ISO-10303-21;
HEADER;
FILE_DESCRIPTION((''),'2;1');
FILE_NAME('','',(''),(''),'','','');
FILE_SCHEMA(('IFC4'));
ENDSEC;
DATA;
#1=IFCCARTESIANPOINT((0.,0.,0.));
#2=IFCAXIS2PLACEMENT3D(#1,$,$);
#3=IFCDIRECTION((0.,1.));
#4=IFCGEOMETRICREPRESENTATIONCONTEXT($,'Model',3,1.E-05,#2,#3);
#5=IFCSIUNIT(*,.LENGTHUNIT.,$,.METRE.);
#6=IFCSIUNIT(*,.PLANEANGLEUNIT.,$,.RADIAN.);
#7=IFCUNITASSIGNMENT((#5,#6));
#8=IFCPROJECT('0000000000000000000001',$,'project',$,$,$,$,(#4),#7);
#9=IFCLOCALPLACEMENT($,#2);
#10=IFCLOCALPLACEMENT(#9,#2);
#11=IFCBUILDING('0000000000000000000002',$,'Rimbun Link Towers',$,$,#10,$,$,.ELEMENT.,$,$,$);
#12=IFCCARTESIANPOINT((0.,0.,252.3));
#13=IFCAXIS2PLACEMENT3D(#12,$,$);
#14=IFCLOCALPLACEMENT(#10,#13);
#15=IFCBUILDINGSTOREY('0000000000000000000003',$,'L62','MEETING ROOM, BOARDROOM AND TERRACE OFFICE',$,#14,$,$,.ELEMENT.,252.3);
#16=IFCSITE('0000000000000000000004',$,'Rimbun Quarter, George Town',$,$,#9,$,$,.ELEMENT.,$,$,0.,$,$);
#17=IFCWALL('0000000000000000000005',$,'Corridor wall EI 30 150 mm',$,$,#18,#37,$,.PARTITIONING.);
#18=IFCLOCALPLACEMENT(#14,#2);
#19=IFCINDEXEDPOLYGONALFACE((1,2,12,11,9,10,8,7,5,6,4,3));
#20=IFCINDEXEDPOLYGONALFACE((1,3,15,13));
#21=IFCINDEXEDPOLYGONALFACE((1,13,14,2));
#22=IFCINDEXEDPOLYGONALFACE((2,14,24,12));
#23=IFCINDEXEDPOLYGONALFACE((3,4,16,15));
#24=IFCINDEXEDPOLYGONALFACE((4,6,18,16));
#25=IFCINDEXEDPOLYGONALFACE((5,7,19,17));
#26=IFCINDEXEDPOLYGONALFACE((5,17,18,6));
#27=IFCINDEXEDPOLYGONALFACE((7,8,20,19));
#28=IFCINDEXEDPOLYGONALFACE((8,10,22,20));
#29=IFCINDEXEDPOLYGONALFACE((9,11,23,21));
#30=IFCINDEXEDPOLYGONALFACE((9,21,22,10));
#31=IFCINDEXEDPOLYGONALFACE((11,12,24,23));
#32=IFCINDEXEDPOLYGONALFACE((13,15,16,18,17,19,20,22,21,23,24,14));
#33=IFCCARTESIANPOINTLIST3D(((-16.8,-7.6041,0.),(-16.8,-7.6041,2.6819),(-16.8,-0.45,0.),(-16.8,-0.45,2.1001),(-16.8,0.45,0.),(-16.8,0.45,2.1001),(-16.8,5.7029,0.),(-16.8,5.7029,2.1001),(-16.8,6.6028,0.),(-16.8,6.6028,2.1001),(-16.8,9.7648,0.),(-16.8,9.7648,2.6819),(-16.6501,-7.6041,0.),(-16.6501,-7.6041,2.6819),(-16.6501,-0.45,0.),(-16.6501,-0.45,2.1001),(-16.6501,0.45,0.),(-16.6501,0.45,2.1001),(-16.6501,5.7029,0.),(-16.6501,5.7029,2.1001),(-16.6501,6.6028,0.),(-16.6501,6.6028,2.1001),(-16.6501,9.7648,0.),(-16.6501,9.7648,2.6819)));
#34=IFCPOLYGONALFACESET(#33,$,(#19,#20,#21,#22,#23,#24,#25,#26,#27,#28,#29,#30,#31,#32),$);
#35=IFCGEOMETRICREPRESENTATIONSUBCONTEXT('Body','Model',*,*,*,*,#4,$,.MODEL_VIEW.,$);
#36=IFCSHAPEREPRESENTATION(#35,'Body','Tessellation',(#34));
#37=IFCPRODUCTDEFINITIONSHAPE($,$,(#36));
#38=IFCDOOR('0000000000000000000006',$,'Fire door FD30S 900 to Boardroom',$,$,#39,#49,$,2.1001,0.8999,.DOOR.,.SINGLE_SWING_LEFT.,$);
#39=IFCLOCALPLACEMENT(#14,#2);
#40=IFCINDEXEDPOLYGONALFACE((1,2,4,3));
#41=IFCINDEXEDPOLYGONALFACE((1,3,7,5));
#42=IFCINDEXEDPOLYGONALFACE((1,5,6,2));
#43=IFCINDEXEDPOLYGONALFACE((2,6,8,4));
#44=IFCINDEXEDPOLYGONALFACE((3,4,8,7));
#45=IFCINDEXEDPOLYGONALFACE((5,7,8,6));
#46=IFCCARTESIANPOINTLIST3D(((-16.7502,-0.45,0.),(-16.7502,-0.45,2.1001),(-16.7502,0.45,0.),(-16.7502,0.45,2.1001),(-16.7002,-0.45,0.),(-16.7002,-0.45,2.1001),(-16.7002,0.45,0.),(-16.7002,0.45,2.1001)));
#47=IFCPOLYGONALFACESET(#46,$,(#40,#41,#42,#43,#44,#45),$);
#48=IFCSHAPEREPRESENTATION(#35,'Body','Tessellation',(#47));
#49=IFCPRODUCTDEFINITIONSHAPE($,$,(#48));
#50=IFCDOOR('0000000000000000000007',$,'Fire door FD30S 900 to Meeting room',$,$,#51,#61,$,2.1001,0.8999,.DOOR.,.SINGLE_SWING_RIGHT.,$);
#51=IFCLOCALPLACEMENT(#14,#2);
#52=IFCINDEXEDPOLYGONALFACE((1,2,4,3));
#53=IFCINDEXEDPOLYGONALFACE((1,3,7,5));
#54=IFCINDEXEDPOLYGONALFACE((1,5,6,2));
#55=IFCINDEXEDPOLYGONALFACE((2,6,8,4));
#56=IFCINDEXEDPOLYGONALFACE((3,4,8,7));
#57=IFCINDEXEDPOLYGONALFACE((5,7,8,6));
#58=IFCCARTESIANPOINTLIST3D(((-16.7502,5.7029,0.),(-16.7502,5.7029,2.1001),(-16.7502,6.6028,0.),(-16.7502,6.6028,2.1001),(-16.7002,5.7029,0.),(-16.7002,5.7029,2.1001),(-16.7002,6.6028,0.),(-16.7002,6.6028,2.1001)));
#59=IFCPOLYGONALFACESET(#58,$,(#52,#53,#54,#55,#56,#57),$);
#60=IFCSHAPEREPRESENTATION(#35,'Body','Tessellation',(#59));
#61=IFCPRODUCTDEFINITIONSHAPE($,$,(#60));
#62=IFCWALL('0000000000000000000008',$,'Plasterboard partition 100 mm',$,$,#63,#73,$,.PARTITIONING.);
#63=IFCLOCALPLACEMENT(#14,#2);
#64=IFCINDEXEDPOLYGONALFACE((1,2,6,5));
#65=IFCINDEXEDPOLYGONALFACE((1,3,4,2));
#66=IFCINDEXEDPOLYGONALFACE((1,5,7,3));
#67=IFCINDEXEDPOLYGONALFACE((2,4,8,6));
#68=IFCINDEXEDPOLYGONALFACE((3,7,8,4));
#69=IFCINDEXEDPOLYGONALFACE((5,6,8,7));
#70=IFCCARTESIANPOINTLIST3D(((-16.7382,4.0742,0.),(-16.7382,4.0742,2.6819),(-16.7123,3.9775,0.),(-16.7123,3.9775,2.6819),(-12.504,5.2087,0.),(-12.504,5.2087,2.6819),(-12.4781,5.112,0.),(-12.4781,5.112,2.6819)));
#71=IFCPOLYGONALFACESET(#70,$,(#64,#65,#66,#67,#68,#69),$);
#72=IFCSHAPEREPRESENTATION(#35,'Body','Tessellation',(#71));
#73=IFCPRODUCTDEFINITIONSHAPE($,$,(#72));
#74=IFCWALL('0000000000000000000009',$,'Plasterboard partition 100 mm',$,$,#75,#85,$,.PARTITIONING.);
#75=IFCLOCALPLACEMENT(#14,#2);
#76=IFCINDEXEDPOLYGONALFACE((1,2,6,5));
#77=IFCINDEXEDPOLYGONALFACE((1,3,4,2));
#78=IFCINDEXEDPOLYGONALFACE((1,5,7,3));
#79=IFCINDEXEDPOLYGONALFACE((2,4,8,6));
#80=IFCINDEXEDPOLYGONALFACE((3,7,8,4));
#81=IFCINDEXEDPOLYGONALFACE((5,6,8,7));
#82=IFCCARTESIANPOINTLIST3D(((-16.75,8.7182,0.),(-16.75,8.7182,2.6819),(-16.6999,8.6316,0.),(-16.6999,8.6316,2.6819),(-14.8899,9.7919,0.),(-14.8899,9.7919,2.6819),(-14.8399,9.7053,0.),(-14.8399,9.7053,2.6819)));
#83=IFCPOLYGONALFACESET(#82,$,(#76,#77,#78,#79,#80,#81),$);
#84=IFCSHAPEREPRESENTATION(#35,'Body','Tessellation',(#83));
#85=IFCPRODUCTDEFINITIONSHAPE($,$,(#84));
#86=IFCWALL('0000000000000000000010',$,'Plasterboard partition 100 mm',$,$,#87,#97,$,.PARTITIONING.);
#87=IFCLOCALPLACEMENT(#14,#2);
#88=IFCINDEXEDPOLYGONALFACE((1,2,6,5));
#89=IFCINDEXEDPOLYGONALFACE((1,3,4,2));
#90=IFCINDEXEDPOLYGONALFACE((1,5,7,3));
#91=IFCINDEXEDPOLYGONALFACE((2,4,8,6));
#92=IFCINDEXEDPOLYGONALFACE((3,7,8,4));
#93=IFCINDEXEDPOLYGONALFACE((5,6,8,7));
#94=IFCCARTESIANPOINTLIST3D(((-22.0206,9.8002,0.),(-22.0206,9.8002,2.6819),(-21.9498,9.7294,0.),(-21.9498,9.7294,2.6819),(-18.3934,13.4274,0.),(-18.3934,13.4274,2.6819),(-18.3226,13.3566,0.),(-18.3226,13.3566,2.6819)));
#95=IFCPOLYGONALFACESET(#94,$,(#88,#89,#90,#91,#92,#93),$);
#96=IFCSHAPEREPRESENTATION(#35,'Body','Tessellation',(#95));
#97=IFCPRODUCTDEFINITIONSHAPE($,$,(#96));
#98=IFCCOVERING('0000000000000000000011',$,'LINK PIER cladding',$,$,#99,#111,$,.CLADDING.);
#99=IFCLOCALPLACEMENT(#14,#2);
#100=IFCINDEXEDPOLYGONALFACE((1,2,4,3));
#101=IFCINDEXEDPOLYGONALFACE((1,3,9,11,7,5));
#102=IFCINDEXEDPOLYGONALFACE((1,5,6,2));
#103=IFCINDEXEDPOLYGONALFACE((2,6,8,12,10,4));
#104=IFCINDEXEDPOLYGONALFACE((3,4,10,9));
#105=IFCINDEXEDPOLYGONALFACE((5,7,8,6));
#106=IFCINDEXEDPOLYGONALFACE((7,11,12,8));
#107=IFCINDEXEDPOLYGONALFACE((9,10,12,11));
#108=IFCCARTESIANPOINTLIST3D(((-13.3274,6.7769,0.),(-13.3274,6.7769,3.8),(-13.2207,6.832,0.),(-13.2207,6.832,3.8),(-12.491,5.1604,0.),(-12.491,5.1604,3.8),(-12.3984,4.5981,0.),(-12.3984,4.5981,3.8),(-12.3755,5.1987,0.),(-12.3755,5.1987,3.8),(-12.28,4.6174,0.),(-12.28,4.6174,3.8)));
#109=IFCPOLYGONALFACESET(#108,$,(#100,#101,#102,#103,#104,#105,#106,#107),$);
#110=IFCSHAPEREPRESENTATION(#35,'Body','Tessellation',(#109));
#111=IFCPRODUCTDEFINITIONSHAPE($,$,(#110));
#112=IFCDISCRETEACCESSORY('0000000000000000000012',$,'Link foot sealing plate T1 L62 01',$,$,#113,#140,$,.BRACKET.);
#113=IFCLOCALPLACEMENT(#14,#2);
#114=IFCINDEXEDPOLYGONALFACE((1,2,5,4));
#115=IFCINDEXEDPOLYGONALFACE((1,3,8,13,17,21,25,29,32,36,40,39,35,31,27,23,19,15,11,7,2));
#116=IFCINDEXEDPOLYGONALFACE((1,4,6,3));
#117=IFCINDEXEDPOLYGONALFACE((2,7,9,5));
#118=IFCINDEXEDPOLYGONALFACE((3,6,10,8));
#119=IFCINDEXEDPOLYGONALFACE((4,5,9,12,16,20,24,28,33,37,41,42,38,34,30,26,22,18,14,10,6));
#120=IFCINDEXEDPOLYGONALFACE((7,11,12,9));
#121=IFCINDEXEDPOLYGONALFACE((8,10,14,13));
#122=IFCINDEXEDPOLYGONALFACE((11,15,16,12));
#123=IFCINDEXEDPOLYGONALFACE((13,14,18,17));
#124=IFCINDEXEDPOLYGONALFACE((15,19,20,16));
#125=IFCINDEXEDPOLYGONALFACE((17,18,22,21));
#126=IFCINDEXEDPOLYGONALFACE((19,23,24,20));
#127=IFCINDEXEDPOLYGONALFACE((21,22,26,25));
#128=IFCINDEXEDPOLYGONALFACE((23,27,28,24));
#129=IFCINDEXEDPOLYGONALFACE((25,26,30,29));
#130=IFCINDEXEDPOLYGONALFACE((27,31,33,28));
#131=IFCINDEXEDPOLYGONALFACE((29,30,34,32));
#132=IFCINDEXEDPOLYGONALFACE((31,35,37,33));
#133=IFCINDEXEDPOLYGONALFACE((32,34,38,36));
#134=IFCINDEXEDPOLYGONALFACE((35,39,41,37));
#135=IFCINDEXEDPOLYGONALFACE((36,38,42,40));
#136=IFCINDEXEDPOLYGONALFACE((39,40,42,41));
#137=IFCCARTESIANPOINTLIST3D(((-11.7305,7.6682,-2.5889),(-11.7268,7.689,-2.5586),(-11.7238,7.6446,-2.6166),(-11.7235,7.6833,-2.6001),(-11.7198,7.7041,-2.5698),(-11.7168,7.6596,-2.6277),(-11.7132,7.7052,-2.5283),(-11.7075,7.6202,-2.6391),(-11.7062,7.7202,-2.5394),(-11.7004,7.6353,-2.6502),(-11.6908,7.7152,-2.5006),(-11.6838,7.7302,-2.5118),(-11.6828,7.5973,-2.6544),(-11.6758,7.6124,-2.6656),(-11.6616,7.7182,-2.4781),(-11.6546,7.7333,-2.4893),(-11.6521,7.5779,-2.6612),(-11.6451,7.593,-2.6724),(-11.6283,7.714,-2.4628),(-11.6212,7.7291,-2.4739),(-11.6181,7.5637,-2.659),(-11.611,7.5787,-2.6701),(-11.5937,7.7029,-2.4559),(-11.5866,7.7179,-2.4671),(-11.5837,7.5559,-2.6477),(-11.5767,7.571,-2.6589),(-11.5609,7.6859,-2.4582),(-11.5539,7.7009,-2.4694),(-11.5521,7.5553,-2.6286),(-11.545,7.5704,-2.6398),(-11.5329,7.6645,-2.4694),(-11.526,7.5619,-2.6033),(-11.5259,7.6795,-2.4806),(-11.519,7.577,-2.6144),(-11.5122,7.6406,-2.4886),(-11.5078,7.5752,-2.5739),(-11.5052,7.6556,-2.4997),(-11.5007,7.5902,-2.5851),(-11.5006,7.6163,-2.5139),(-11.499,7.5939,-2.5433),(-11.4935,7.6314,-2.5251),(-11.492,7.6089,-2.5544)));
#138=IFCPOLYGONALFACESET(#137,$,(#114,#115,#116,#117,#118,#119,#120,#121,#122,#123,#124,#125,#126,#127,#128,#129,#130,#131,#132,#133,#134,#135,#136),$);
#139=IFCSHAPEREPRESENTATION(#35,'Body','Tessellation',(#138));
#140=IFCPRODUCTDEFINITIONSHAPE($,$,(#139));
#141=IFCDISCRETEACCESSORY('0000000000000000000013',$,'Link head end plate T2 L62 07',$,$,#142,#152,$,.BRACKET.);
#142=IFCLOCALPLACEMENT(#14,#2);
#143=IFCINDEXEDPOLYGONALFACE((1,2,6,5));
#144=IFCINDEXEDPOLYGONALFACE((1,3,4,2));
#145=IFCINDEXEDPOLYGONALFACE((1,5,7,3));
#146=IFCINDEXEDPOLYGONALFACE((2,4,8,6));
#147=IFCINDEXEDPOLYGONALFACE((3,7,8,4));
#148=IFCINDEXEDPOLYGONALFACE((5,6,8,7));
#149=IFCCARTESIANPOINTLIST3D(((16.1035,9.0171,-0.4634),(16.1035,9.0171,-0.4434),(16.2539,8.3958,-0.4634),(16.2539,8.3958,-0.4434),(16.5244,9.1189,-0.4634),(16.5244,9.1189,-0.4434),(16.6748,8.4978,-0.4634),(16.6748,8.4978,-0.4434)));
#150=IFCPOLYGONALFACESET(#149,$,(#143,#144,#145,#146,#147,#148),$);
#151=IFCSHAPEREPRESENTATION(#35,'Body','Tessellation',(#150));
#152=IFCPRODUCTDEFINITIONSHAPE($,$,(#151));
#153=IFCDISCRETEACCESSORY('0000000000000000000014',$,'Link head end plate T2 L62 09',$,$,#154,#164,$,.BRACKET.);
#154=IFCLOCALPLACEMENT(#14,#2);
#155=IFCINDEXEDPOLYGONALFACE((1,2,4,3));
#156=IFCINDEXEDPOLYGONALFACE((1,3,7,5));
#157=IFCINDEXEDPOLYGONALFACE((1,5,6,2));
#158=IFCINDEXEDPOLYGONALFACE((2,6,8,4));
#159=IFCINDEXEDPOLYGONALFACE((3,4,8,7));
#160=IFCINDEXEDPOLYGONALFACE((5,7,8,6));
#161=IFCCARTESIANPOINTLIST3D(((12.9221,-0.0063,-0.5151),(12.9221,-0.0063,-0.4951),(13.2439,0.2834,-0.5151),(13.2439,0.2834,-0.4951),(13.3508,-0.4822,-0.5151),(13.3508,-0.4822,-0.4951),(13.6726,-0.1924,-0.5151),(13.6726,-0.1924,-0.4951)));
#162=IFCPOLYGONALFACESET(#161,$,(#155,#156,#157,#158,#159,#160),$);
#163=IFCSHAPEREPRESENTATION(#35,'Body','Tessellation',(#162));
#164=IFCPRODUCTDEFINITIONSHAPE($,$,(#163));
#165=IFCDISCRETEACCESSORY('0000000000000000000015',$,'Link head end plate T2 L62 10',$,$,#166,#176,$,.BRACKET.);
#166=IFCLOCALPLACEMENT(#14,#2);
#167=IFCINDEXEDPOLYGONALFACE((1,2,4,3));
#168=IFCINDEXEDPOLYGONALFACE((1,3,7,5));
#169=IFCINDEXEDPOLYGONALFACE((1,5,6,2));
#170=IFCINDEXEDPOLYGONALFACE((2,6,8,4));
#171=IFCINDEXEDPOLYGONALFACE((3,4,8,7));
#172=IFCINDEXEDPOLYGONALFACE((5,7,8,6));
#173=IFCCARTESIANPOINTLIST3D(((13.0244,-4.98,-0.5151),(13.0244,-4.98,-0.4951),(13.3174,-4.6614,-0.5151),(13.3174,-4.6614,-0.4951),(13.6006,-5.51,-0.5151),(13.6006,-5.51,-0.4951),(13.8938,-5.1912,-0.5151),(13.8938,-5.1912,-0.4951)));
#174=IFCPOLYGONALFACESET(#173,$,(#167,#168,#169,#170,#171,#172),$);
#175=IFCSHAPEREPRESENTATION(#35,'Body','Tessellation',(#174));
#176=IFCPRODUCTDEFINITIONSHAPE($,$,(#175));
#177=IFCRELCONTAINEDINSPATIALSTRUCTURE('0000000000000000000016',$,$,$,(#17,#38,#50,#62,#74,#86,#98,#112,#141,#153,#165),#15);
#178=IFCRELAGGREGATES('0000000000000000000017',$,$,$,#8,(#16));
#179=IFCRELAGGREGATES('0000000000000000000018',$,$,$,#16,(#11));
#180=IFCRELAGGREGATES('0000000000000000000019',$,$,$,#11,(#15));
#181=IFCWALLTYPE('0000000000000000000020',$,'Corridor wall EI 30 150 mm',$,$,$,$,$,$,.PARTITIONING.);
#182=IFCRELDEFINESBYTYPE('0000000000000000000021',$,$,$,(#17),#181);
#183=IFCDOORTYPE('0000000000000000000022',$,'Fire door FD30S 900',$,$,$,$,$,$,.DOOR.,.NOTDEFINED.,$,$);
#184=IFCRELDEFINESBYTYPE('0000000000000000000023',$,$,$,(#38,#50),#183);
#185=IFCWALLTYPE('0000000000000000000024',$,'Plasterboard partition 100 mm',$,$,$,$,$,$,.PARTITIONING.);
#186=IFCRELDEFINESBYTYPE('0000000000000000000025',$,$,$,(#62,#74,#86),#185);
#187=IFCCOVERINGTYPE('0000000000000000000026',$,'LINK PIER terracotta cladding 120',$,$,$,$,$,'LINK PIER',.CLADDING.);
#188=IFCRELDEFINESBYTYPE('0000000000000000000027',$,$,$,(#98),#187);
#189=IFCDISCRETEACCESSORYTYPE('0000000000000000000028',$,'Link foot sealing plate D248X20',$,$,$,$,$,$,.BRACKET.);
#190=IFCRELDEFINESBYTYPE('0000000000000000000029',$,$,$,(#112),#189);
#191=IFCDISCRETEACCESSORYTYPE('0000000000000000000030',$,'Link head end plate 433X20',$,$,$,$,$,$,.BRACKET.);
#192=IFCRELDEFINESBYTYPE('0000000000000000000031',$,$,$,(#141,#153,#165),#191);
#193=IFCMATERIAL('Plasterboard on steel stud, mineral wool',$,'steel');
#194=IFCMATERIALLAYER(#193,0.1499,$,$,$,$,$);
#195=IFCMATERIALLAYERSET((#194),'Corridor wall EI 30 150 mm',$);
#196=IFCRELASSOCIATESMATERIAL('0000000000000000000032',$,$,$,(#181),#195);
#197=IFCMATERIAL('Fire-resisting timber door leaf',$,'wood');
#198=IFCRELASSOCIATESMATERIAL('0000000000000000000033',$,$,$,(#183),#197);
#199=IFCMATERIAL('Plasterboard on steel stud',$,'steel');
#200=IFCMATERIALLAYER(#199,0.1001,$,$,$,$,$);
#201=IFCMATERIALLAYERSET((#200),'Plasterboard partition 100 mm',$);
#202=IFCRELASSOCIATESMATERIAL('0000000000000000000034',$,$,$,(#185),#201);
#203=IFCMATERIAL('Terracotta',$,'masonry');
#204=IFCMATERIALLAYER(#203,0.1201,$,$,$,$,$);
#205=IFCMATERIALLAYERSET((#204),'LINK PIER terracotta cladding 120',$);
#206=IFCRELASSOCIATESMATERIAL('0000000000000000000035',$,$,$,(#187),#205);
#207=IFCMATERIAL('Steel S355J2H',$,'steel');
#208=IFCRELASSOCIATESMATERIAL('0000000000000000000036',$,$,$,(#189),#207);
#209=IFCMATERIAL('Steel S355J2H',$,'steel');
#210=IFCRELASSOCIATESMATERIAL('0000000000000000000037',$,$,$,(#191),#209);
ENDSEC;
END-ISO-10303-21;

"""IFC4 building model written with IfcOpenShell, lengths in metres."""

from ifc_helpers import new_model, si_unit, direction, frame, frame_2d, origin, origin_2d, place, context, subcontext, project, spatial, polyline, rectangle, circle, outline, extrude, material, layer, layer_set, material_profile, profile_set, type_object, element, fill, save


model = new_model("IFC4")

# Units and contexts
model_context = context("Model", 3, precision=1e-05, world=origin(), true_north=direction((0.0, 1.0)))
body_context = subcontext(model_context, "Body", "Model", "MODEL_VIEW")
ifc_project = project(units=[si_unit("LENGTHUNIT", "METRE"), si_unit("PLANEANGLEUNIT", "RADIAN")], contexts=[model_context])

# Site, building, storey
site_placement = place(None, origin())
site = spatial("IfcSite", under=ifc_project, at=site_placement, Name="Rimbun Quarter, George Town", CompositionType="ELEMENT", RefElevation=0.0)
building_placement = place(site_placement, origin())
building = spatial("IfcBuilding", under=site, at=building_placement, Name="Rimbun Link Towers", CompositionType="ELEMENT")
storey_placement = place(building_placement, frame((0.0, 0.0, 252.3)))
storey = spatial("IfcBuildingStorey", under=building, at=storey_placement, Name="L62", Description="MEETING ROOM, BOARDROOM AND TERRACE OFFICE", CompositionType="ELEMENT", Elevation=252.3)

# Wall, openings, doors
ifc_material_1 = material(Name="Plasterboard on steel stud, mineral wool", Category="steel")
ifc_layer_1 = layer(ifc_material_1, 0.1499)
ifc_layer_set_1 = layer_set([ifc_layer_1], Name="Corridor wall EI 30 150 mm")
wall_type_1 = type_object("IfcWallType", Name="Corridor wall EI 30 150 mm", PredefinedType="PARTITIONING", material=ifc_layer_set_1)
wall_1_placement = place(storey_placement, frame((-16.7251, 9.7649, 0.0), z_axis=(0.0, 0.0, 1.0), x_axis=(0.0, -1.0, 0.0)))
wall_1 = element("IfcWall", 1, at=wall_1_placement, inside=storey, type_object=wall_type_1, Name="Corridor wall EI 30 150 mm", PredefinedType="PARTITIONING", context=body_context, shape_type="SweptSolid", body=[
    extrude(rectangle(XDim=17.3689, YDim=0.1499, at=frame_2d((8.6846, 0.0))), origin(), (0.0, 0.0, 1.0), 2.6819),
])
opening_1_placement = place(wall_1_placement, frame((9.3149, 0.0, 0.0)))
opening_1 = element("IfcOpeningElement", 2, at=opening_1_placement, cuts=wall_1, PredefinedType="OPENING", context=body_context, shape_type="SweptSolid", body=[
    extrude(rectangle(XDim=0.8999, YDim=2.1001, at=frame_2d((0.45, 1.05))), frame((0.0, 0.085, 0.0), z_axis=(0.0, -1.0, 0.0), x_axis=(1.0, 0.0, 0.0)), (0.0, 0.0, 1.0), 0.1699),
])
opening_2_placement = place(wall_1_placement, frame((3.1621, 0.0, 0.0)))
opening_2 = element("IfcOpeningElement", 3, at=opening_2_placement, cuts=wall_1, PredefinedType="OPENING", context=body_context, shape_type="SweptSolid", body=[
    extrude(rectangle(XDim=0.8999, YDim=2.1001, at=frame_2d((0.45, 1.05))), frame((0.0, 0.085, 0.0), z_axis=(0.0, -1.0, 0.0), x_axis=(1.0, 0.0, 0.0)), (0.0, 0.0, 1.0), 0.1699),
])
ifc_material_2 = material(Name="Fire-resisting timber door leaf", Category="wood")
door_type = type_object("IfcDoorType", Name="Fire door FD30S 900", OperationType="NOTDEFINED", PredefinedType="DOOR", material=ifc_material_2)
door_1_placement = place(opening_1_placement, origin())
door_1 = element("IfcDoor", 4, at=door_1_placement, inside=storey, type_object=door_type, Name="Fire door FD30S 900 to Boardroom", OperationType="SINGLE_SWING_LEFT", OverallHeight=2.1001, OverallWidth=0.8999, PredefinedType="DOOR", context=body_context, shape_type="SweptSolid", body=[
    extrude(rectangle(XDim=0.8999, YDim=2.1001, at=frame_2d((0.45, 1.05))), frame((0.0, 0.0249, 0.0), z_axis=(0.0, -1.0, 0.0), x_axis=(1.0, 0.0, 0.0)), (0.0, 0.0, 1.0), 0.05),
])
fill(opening_1, door_1)
door_2_placement = place(opening_2_placement, origin())
door_2 = element("IfcDoor", 5, at=door_2_placement, inside=storey, type_object=door_type, Name="Fire door FD30S 900 to Meeting room", OperationType="SINGLE_SWING_RIGHT", OverallHeight=2.1001, OverallWidth=0.8999, PredefinedType="DOOR", context=body_context, shape_type="SweptSolid", body=[
    extrude(rectangle(XDim=0.8999, YDim=2.1001, at=frame_2d((0.45, 1.05))), frame((0.0, 0.0249, 0.0), z_axis=(0.0, -1.0, 0.0), x_axis=(1.0, 0.0, 0.0)), (0.0, 0.0, 1.0), 0.05),
])
fill(opening_2, door_2)

# Walls
ifc_material_3 = material(Name="Plasterboard on steel stud", Category="steel")
ifc_layer_2 = layer(ifc_material_3, 0.1001)
ifc_layer_set_2 = layer_set([ifc_layer_2], Name="Plasterboard partition 100 mm")
wall_type_2 = type_object("IfcWallType", Name="Plasterboard partition 100 mm", PredefinedType="PARTITIONING", material=ifc_layer_set_2)
wall_2_placement = place(storey_placement, frame((-12.491, 5.1604, 0.0), z_axis=(0.0, 0.0, 1.0), x_axis=(-0.965926, -0.258817, 0.0)))
element("IfcWall", 6, at=wall_2_placement, inside=storey, type_object=wall_type_2, Name="Plasterboard partition 100 mm", PredefinedType="PARTITIONING", context=body_context, shape_type="SweptSolid", body=[
    extrude(rectangle(XDim=4.3835, YDim=0.1001, at=frame_2d((2.1919, 0.0))), origin(), (0.0, 0.0, 1.0), 2.6819),
])
wall_3_placement = place(storey_placement, frame((-14.865, 9.7485, 0.0), z_axis=(0.0, 0.0, 1.0), x_axis=(-0.866066, -0.499929, 0.0)))
element("IfcWall", 7, at=wall_3_placement, inside=storey, type_object=wall_type_2, Name="Plasterboard partition 100 mm", PredefinedType="PARTITIONING", context=body_context, shape_type="SweptSolid", body=[
    extrude(rectangle(XDim=2.1477, YDim=0.1001, at=frame_2d((1.0737, 0.0))), origin(), (0.0, 0.0, 1.0), 2.6819),
])
wall_4_placement = place(storey_placement, frame((-18.3579, 13.3921, 0.0), z_axis=(0.0, 0.0, 1.0), x_axis=(-0.707107, -0.707107, 0.0)))
element("IfcWall", 8, at=wall_4_placement, inside=storey, type_object=wall_type_2, Name="Plasterboard partition 100 mm", PredefinedType="PARTITIONING", context=body_context, shape_type="SweptSolid", body=[
    extrude(rectangle(XDim=5.1296, YDim=0.1001, at=frame_2d((2.5649, 0.0))), origin(), (0.0, 0.0, 1.0), 2.6819),
])

# Covering
ifc_material_4 = material(Name="Terracotta", Category="masonry")
ifc_layer_3 = layer(ifc_material_4, 0.1201)
ifc_layer_set_3 = layer_set([ifc_layer_3], Name="LINK PIER terracotta cladding 120")
covering_type_1 = type_object("IfcCoveringType", Name="LINK PIER terracotta cladding 120", ElementType="LINK PIER", PredefinedType="CLADDING", material=ifc_layer_set_3)
covering_1_placement = place(storey_placement, origin())
element("IfcCovering", 9, at=covering_1_placement, inside=storey, type_object=covering_type_1, Name="LINK PIER cladding", PredefinedType="CLADDING", context=body_context, shape_type="SweptSolid", body=[
    extrude(outline(polyline([(-13.3274, 6.7769), (-12.491, 5.1604), (-12.3984, 4.5981), (-12.28, 4.6174), (-12.3755, 5.1987), (-13.2207, 6.832), (-13.3274, 6.7769)])), origin(), (0.0, 0.0, 1.0), 3.8),
])

# Discrete accessories
ifc_material_5 = material(Name="Steel S355J2H", Category="steel")
ifc_material_profile_1 = material_profile(ifc_material_5, circle(Radius=0.124, at=origin_2d()), Name="PL D248")
ifc_profile_set_1 = profile_set([ifc_material_profile_1], Name="Steel S355J2H")
discrete_accessory_type_1 = type_object("IfcDiscreteAccessoryType", Name="Link foot sealing plate D248X20", PredefinedType="BRACKET", material=ifc_profile_set_1)
discrete_accessory_1_placement = place(storey_placement, frame((-11.6145, 7.6365, -2.5586), z_axis=(0.351651, 0.751805, -0.557791), x_axis=(-0.90581, 0.423685, 0.0)))
element("IfcDiscreteAccessory", 10, at=discrete_accessory_1_placement, inside=storey, type_object=discrete_accessory_type_1, Name="Link foot sealing plate T1 L62 01", PredefinedType="BRACKET", context=body_context, shape_type="SweptSolid", body=[
    extrude(circle(Radius=0.124, at=origin_2d()), origin(), (0.0, 0.0, 1.0), 0.02),
])
ifc_material_6 = material(Name="Steel S355J2H", Category="steel")
ifc_material_profile_2 = material_profile(ifc_material_6, rectangle(XDim=0.4331, YDim=0.4331, at=origin_2d()), Name="PL 433x433")
ifc_profile_set_2 = profile_set([ifc_material_profile_2], Name="Steel S355J2H")
discrete_accessory_type_2 = type_object("IfcDiscreteAccessoryType", Name="Link head end plate 433X20", PredefinedType="BRACKET", material=ifc_profile_set_2)
discrete_accessory_2_placement = place(storey_placement, frame((0.0, 0.0, -0.4634)))
element("IfcDiscreteAccessory", 11, at=discrete_accessory_2_placement, inside=storey, type_object=discrete_accessory_type_2, Name="Link head end plate T2 L62 07", PredefinedType="BRACKET", context=body_context, shape_type="SweptSolid", body=[
    extrude(outline(polyline([(16.6748, 8.4978), (16.5244, 9.1189), (16.1035, 9.0171), (16.2539, 8.3958), (16.6748, 8.4978)])), origin(), (0.0, 0.0, 1.0), 0.02),
])
discrete_accessory_3_placement = place(storey_placement, frame((0.0, 0.0, -0.5151)))
element("IfcDiscreteAccessory", 12, at=discrete_accessory_3_placement, inside=storey, type_object=discrete_accessory_type_2, Name="Link head end plate T2 L62 09", PredefinedType="BRACKET", context=body_context, shape_type="SweptSolid", body=[
    extrude(outline(polyline([(13.6726, -0.1924), (13.2439, 0.2834), (12.9221, -0.0063), (13.3508, -0.4822), (13.6726, -0.1924)])), origin(), (0.0, 0.0, 1.0), 0.02),
])
discrete_accessory_4_placement = place(storey_placement, frame((0.0, 0.0, -0.5151)))
element("IfcDiscreteAccessory", 13, at=discrete_accessory_4_placement, inside=storey, type_object=discrete_accessory_type_2, Name="Link head end plate T2 L62 10", PredefinedType="BRACKET", context=body_context, shape_type="SweptSolid", body=[
    extrude(outline(polyline([(13.8938, -5.1912), (13.3174, -4.6614), (13.0244, -4.98), (13.6006, -5.51), (13.8938, -5.1912)])), origin(), (0.0, 0.0, 1.0), 0.02),
])

save(model, "model.ifc")
